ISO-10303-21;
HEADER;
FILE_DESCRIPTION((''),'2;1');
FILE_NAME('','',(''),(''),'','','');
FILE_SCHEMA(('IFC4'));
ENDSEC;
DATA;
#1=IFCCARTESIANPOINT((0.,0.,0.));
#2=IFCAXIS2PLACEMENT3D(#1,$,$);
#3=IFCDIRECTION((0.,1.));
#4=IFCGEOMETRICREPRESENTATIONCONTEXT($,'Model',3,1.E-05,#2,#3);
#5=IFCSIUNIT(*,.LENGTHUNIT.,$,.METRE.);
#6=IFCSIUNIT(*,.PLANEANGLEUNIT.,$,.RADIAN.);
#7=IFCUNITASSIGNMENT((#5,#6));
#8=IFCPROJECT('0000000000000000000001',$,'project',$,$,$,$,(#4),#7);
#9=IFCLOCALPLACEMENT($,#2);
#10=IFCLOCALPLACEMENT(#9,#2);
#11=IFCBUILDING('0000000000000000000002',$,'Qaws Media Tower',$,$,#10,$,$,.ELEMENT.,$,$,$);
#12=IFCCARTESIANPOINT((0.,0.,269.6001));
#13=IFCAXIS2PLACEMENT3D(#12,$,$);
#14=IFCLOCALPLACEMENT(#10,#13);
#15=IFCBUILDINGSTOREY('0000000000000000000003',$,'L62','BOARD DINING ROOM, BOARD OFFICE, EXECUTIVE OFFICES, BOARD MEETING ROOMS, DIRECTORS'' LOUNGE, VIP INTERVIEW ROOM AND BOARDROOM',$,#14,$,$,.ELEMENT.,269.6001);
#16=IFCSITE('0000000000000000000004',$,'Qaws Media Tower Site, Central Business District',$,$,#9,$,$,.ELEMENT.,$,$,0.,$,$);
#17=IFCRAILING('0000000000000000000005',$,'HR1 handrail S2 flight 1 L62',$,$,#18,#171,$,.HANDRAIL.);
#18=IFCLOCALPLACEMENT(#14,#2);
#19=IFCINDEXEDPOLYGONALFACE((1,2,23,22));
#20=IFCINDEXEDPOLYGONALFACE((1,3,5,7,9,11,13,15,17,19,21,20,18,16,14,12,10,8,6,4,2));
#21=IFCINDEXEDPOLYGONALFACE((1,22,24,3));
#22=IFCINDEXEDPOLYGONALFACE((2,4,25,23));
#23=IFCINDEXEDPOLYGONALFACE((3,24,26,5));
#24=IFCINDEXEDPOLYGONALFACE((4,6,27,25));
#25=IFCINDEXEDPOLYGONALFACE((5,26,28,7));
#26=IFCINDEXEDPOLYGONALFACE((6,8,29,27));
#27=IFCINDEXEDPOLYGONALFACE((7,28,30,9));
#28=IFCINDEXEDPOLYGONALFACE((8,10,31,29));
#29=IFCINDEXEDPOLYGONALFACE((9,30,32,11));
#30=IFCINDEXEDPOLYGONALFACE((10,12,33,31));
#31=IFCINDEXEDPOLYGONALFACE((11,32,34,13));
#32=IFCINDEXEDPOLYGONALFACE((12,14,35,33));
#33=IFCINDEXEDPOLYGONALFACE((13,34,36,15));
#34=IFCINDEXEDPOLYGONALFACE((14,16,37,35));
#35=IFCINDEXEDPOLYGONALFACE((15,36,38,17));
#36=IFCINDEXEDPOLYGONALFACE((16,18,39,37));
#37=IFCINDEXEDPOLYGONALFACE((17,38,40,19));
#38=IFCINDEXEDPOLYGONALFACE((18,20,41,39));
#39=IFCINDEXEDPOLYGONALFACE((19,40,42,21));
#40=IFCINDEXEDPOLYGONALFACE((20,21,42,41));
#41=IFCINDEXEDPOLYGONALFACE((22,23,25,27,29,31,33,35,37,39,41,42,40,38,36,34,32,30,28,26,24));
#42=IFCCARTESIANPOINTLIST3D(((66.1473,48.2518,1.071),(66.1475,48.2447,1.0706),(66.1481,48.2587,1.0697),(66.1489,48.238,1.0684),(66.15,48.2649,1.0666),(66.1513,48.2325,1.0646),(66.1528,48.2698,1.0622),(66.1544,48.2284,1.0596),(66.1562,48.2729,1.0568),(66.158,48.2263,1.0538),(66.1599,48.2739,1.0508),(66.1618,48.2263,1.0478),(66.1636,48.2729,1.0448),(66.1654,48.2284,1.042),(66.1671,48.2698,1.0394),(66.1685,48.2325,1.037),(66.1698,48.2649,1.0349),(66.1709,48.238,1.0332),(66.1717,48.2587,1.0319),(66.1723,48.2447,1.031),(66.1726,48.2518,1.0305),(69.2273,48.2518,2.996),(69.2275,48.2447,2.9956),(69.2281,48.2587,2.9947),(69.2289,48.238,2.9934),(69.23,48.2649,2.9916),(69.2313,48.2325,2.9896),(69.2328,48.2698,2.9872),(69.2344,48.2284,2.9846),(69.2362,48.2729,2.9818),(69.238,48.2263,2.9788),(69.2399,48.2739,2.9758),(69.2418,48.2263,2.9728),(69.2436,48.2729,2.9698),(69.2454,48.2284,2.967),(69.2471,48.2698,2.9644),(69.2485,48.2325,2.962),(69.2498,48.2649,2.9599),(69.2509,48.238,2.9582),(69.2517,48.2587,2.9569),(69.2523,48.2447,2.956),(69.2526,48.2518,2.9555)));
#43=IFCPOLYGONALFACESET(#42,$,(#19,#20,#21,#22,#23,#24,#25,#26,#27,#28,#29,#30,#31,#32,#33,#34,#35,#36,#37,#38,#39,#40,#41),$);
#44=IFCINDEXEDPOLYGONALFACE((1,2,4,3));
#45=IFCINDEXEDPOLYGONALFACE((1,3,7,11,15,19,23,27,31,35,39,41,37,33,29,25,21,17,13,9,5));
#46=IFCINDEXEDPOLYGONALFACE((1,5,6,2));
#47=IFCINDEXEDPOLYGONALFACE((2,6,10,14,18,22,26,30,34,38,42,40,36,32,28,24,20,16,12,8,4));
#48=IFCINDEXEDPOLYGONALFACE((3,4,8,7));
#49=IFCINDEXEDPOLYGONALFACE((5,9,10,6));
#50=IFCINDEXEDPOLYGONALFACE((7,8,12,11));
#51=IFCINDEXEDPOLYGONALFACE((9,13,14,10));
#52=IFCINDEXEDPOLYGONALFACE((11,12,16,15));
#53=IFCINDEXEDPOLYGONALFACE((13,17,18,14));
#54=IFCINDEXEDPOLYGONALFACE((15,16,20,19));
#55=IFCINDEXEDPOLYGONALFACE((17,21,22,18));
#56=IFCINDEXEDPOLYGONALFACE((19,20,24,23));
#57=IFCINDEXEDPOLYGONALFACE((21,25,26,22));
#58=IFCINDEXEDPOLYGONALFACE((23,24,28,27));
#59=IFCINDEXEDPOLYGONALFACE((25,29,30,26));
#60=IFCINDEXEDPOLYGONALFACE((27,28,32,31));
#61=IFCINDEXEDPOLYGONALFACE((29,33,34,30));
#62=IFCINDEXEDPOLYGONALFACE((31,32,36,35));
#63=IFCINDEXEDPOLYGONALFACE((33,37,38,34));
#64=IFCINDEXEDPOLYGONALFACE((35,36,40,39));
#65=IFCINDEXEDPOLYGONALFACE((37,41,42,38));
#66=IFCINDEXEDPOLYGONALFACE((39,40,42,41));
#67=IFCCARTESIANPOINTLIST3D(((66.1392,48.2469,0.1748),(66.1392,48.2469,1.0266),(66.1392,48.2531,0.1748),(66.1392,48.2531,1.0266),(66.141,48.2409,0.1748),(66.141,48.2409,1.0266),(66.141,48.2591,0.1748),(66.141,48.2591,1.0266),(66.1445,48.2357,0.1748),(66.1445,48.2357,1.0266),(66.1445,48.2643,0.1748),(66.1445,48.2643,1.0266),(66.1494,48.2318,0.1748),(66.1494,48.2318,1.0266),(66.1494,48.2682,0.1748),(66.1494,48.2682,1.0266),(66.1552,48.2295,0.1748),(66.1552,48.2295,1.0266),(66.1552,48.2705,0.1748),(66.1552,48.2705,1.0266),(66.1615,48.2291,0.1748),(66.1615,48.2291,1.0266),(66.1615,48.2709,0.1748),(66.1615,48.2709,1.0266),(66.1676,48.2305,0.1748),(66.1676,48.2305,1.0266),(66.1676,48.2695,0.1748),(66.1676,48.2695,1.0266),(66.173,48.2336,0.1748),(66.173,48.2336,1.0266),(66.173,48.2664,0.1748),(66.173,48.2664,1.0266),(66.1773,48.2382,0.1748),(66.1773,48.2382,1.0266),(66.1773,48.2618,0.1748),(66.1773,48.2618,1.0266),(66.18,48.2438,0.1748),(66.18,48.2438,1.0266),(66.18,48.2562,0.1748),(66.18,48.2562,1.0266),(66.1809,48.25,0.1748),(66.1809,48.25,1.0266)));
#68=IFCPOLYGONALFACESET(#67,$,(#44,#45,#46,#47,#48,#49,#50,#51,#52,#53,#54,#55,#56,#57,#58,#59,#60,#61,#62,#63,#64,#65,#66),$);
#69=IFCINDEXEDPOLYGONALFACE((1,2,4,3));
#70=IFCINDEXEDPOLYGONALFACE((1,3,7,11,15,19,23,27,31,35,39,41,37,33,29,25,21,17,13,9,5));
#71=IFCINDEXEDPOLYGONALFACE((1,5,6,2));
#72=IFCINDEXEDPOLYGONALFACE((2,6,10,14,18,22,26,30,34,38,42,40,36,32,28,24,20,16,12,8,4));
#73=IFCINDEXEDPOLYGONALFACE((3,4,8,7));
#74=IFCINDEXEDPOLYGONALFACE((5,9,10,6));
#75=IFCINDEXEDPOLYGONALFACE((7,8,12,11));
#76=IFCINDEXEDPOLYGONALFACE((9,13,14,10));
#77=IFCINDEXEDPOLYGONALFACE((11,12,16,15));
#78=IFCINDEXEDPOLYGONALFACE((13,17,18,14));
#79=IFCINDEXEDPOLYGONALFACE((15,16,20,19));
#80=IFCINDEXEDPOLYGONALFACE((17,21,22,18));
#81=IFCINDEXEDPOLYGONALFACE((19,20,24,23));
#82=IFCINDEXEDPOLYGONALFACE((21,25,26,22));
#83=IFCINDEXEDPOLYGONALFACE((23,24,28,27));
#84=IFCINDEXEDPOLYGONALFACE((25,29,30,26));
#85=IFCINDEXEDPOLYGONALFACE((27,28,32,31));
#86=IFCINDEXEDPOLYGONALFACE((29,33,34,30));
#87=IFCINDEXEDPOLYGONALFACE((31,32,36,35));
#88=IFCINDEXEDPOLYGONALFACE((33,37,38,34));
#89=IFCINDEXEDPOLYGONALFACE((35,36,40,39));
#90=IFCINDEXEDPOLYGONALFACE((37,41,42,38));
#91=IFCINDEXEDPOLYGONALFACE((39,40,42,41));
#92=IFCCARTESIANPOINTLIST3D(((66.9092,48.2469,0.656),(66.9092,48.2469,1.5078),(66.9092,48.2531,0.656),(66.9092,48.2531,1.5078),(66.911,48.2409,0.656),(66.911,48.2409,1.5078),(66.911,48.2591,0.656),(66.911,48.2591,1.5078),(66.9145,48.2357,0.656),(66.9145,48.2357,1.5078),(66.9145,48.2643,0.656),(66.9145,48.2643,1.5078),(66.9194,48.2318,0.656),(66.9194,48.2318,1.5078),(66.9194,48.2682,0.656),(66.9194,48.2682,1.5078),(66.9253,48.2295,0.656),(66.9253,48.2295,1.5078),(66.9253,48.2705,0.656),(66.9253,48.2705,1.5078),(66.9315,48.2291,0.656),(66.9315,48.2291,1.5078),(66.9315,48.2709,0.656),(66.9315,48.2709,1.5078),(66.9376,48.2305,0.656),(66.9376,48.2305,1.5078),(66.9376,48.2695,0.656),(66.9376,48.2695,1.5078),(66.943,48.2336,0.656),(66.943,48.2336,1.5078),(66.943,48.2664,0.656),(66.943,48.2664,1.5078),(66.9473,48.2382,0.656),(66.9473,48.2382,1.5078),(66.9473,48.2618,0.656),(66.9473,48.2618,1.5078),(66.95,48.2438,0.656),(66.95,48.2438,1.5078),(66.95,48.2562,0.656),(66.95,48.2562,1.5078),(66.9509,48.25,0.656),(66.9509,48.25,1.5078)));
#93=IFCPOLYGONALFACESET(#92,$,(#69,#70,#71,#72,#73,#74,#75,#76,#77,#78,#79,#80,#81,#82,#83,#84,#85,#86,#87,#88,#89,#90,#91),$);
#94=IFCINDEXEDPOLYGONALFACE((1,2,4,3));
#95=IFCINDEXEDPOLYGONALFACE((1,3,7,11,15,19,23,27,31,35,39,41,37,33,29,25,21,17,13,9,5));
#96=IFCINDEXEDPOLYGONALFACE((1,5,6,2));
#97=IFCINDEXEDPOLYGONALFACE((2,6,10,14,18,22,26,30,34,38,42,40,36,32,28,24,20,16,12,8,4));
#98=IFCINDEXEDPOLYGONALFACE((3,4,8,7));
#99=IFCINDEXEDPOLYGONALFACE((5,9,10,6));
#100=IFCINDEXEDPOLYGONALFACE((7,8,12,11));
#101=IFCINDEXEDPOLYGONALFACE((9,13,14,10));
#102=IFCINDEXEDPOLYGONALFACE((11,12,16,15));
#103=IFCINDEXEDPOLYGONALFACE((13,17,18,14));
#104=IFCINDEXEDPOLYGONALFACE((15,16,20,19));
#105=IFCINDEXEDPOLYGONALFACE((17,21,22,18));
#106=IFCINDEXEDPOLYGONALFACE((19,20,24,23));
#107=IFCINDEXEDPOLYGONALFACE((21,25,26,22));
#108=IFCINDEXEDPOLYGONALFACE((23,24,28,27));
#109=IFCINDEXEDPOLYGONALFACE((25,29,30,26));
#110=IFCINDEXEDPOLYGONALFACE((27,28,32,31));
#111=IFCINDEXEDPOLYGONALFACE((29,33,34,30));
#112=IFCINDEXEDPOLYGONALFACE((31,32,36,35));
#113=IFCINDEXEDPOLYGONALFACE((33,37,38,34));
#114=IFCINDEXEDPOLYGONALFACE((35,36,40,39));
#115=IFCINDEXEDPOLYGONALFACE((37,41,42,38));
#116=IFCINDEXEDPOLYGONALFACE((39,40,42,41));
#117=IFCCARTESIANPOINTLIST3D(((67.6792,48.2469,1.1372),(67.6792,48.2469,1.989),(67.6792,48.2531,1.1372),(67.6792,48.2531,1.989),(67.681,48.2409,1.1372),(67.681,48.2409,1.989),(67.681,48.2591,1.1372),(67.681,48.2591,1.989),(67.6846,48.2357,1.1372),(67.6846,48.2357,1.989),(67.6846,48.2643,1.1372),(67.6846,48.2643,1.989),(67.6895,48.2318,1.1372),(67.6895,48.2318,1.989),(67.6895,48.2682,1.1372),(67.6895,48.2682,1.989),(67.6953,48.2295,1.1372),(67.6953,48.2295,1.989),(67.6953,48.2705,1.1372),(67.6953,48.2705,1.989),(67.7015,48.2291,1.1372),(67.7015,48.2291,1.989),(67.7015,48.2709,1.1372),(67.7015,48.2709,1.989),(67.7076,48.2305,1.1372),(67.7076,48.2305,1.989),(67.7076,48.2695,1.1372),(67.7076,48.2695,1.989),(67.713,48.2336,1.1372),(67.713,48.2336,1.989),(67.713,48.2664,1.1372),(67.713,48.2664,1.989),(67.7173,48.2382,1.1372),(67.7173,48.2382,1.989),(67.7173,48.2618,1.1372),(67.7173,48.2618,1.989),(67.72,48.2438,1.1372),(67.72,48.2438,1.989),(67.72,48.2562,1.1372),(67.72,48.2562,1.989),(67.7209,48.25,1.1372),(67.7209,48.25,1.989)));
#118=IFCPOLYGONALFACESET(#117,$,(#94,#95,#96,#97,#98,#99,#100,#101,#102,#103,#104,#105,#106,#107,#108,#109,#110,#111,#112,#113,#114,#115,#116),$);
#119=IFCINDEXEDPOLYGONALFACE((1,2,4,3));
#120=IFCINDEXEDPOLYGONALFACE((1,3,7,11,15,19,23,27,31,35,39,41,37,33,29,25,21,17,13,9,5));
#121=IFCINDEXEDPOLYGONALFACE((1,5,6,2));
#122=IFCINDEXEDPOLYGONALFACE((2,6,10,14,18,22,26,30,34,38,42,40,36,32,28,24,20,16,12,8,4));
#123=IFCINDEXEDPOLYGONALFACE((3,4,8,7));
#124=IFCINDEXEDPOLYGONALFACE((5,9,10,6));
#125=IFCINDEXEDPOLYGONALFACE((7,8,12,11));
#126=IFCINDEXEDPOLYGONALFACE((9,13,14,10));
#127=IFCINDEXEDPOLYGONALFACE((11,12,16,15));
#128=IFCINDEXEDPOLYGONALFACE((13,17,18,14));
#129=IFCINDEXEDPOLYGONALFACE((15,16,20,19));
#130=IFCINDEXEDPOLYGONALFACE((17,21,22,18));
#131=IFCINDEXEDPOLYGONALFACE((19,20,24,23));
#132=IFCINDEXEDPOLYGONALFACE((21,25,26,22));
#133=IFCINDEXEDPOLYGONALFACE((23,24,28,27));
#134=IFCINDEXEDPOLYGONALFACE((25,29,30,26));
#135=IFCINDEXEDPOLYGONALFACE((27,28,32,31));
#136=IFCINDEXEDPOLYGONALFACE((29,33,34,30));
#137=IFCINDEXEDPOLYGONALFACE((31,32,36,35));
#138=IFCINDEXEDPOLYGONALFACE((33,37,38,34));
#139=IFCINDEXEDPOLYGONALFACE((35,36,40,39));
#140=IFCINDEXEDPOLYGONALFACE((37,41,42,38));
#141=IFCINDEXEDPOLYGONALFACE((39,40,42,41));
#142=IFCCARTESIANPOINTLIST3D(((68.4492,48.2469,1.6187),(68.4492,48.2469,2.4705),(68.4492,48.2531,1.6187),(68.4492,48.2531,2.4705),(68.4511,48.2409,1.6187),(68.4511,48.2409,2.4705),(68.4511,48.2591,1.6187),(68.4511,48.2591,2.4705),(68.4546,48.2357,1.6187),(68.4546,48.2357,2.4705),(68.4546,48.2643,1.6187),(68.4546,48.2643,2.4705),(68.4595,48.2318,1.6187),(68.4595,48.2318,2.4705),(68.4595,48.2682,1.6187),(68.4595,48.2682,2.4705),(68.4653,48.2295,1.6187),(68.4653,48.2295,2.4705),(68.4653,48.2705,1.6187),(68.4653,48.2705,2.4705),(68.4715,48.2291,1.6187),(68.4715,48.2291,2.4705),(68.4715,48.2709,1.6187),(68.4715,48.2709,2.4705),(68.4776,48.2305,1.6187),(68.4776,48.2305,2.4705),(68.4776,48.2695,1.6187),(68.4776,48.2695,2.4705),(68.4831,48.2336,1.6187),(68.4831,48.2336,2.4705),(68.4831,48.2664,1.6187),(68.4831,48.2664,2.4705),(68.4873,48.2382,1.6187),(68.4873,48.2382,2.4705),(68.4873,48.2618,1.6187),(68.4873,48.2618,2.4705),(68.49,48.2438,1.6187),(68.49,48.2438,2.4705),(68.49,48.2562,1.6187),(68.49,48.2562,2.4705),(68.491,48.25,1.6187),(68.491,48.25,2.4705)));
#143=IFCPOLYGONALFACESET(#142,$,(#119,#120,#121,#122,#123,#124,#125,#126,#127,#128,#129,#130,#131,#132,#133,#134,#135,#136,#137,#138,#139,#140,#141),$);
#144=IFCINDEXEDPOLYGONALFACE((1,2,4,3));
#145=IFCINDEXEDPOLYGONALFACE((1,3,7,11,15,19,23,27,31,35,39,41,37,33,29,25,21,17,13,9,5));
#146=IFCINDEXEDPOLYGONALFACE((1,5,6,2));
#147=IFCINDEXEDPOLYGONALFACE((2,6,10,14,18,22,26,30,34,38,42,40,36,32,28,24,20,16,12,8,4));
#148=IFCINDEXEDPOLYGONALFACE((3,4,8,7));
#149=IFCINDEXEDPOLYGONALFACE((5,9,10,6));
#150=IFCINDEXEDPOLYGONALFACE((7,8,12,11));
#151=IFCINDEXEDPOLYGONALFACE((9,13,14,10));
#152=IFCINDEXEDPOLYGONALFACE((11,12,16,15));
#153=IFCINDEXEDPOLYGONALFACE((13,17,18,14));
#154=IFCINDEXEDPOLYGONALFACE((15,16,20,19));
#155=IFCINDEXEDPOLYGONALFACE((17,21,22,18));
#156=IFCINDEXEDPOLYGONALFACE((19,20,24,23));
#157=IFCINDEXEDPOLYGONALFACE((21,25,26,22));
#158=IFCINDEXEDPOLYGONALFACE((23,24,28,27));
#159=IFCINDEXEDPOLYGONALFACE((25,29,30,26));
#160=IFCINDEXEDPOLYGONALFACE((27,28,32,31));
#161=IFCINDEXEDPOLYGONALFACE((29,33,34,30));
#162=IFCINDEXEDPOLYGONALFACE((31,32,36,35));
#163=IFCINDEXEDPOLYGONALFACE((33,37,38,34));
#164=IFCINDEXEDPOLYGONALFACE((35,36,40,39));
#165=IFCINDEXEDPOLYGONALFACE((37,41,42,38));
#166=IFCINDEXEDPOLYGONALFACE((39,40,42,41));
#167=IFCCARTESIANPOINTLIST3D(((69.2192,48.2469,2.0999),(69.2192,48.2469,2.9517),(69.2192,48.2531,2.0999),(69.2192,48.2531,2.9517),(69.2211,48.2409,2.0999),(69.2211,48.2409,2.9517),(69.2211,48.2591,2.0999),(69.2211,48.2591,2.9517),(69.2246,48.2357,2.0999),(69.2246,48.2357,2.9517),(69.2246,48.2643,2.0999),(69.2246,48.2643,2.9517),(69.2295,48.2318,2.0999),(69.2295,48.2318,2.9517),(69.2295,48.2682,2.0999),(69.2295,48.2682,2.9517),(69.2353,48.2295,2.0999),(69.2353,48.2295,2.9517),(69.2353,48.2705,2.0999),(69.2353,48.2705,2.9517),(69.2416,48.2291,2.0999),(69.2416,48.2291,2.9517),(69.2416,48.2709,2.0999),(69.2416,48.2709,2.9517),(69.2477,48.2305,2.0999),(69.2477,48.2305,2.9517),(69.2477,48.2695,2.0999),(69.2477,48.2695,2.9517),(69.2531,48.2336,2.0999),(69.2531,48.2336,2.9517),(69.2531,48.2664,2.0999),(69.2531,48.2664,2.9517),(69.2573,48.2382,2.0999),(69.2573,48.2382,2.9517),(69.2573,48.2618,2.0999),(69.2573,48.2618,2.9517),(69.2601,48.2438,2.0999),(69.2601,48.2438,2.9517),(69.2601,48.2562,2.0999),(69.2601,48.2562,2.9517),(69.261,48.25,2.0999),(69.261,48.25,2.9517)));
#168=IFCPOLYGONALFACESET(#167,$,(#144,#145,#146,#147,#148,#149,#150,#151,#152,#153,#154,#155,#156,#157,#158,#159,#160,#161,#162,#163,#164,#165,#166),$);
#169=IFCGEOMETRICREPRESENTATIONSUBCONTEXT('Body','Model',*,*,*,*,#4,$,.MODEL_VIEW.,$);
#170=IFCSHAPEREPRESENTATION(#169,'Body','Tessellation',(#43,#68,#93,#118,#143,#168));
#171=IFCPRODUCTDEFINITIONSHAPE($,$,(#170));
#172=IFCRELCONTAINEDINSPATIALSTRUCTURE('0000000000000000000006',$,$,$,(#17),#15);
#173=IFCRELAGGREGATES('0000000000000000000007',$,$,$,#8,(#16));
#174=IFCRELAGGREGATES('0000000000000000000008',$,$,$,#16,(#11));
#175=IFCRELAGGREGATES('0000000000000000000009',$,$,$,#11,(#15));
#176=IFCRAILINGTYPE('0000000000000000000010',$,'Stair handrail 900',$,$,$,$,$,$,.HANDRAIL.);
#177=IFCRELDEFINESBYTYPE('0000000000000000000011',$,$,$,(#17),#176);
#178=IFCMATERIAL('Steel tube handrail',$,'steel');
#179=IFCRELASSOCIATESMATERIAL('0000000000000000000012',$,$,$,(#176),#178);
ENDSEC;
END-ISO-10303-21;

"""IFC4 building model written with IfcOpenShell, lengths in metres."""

from ifc_helpers import new_model, si_unit, direction, frame, origin, origin_2d, place, context, subcontext, project, spatial, circle, extrude, material, type_object, element, save


model = new_model("IFC4")

# Units and contexts
model_context = context("Model", 3, precision=1e-05, world=origin(), true_north=direction((0.0, 1.0)))
body_context = subcontext(model_context, "Body", "Model", "MODEL_VIEW")
ifc_project = project(units=[si_unit("LENGTHUNIT", "METRE"), si_unit("PLANEANGLEUNIT", "RADIAN")], contexts=[model_context])

# Site, building, storey
site_placement = place(None, origin())
site = spatial("IfcSite", under=ifc_project, at=site_placement, Name="Qaws Media Tower Site, Central Business District", CompositionType="ELEMENT", RefElevation=0.0)
building_placement = place(site_placement, origin())
building = spatial("IfcBuilding", under=site, at=building_placement, Name="Qaws Media Tower", CompositionType="ELEMENT")
storey_placement = place(building_placement, frame((0.0, 0.0, 269.6001)))
storey = spatial("IfcBuildingStorey", under=building, at=storey_placement, Name="L62", Description="BOARD DINING ROOM, BOARD OFFICE, EXECUTIVE OFFICES, BOARD MEETING ROOMS, DIRECTORS' LOUNGE, VIP INTERVIEW ROOM AND BOARDROOM", CompositionType="ELEMENT", Elevation=269.6001)

# Railing
ifc_material_1 = material(Name="Steel tube handrail", Category="steel")
railing_type = type_object("IfcRailingType", Name="Stair handrail 900", PredefinedType="HANDRAIL", material=ifc_material_1)
for number, where, name in (
    (1, (66.1599, 48.25, 0.1748), "HR1 handrail S2 flight 1 L62"),
):
    element("IfcRailing", number, at=place(storey_placement, frame(where)), inside=storey, type_object=railing_type, Name=name, PredefinedType="HANDRAIL", context=body_context, shape_type="SweptSolid", body=[
        extrude(circle(Radius=0.0239, at=origin_2d()), frame((0.0, 0.0, 0.876), z_axis=(0.847998, 0.0, 0.529999), x_axis=(0.0, 1.0, 0.0)), (0.0, 0.0, 1.0), 3.6321),
        extrude(circle(Radius=0.021, at=origin_2d()), origin(), (0.0, 0.0, 1.0), 0.8518),
        extrude(circle(Radius=0.021, at=origin_2d()), frame((0.77, 0.0, 0.4812)), (0.0, 0.0, 1.0), 0.8518),
        extrude(circle(Radius=0.021, at=origin_2d()), frame((1.54, 0.0, 0.9624)), (0.0, 0.0, 1.0), 0.8518),
        extrude(circle(Radius=0.021, at=origin_2d()), frame((2.3101, 0.0, 1.4438)), (0.0, 0.0, 1.0), 0.8518),
        extrude(circle(Radius=0.021, at=origin_2d()), frame((3.0801, 0.0, 1.925)), (0.0, 0.0, 1.0), 0.8518),
    ])

save(model, "model.ifc")
